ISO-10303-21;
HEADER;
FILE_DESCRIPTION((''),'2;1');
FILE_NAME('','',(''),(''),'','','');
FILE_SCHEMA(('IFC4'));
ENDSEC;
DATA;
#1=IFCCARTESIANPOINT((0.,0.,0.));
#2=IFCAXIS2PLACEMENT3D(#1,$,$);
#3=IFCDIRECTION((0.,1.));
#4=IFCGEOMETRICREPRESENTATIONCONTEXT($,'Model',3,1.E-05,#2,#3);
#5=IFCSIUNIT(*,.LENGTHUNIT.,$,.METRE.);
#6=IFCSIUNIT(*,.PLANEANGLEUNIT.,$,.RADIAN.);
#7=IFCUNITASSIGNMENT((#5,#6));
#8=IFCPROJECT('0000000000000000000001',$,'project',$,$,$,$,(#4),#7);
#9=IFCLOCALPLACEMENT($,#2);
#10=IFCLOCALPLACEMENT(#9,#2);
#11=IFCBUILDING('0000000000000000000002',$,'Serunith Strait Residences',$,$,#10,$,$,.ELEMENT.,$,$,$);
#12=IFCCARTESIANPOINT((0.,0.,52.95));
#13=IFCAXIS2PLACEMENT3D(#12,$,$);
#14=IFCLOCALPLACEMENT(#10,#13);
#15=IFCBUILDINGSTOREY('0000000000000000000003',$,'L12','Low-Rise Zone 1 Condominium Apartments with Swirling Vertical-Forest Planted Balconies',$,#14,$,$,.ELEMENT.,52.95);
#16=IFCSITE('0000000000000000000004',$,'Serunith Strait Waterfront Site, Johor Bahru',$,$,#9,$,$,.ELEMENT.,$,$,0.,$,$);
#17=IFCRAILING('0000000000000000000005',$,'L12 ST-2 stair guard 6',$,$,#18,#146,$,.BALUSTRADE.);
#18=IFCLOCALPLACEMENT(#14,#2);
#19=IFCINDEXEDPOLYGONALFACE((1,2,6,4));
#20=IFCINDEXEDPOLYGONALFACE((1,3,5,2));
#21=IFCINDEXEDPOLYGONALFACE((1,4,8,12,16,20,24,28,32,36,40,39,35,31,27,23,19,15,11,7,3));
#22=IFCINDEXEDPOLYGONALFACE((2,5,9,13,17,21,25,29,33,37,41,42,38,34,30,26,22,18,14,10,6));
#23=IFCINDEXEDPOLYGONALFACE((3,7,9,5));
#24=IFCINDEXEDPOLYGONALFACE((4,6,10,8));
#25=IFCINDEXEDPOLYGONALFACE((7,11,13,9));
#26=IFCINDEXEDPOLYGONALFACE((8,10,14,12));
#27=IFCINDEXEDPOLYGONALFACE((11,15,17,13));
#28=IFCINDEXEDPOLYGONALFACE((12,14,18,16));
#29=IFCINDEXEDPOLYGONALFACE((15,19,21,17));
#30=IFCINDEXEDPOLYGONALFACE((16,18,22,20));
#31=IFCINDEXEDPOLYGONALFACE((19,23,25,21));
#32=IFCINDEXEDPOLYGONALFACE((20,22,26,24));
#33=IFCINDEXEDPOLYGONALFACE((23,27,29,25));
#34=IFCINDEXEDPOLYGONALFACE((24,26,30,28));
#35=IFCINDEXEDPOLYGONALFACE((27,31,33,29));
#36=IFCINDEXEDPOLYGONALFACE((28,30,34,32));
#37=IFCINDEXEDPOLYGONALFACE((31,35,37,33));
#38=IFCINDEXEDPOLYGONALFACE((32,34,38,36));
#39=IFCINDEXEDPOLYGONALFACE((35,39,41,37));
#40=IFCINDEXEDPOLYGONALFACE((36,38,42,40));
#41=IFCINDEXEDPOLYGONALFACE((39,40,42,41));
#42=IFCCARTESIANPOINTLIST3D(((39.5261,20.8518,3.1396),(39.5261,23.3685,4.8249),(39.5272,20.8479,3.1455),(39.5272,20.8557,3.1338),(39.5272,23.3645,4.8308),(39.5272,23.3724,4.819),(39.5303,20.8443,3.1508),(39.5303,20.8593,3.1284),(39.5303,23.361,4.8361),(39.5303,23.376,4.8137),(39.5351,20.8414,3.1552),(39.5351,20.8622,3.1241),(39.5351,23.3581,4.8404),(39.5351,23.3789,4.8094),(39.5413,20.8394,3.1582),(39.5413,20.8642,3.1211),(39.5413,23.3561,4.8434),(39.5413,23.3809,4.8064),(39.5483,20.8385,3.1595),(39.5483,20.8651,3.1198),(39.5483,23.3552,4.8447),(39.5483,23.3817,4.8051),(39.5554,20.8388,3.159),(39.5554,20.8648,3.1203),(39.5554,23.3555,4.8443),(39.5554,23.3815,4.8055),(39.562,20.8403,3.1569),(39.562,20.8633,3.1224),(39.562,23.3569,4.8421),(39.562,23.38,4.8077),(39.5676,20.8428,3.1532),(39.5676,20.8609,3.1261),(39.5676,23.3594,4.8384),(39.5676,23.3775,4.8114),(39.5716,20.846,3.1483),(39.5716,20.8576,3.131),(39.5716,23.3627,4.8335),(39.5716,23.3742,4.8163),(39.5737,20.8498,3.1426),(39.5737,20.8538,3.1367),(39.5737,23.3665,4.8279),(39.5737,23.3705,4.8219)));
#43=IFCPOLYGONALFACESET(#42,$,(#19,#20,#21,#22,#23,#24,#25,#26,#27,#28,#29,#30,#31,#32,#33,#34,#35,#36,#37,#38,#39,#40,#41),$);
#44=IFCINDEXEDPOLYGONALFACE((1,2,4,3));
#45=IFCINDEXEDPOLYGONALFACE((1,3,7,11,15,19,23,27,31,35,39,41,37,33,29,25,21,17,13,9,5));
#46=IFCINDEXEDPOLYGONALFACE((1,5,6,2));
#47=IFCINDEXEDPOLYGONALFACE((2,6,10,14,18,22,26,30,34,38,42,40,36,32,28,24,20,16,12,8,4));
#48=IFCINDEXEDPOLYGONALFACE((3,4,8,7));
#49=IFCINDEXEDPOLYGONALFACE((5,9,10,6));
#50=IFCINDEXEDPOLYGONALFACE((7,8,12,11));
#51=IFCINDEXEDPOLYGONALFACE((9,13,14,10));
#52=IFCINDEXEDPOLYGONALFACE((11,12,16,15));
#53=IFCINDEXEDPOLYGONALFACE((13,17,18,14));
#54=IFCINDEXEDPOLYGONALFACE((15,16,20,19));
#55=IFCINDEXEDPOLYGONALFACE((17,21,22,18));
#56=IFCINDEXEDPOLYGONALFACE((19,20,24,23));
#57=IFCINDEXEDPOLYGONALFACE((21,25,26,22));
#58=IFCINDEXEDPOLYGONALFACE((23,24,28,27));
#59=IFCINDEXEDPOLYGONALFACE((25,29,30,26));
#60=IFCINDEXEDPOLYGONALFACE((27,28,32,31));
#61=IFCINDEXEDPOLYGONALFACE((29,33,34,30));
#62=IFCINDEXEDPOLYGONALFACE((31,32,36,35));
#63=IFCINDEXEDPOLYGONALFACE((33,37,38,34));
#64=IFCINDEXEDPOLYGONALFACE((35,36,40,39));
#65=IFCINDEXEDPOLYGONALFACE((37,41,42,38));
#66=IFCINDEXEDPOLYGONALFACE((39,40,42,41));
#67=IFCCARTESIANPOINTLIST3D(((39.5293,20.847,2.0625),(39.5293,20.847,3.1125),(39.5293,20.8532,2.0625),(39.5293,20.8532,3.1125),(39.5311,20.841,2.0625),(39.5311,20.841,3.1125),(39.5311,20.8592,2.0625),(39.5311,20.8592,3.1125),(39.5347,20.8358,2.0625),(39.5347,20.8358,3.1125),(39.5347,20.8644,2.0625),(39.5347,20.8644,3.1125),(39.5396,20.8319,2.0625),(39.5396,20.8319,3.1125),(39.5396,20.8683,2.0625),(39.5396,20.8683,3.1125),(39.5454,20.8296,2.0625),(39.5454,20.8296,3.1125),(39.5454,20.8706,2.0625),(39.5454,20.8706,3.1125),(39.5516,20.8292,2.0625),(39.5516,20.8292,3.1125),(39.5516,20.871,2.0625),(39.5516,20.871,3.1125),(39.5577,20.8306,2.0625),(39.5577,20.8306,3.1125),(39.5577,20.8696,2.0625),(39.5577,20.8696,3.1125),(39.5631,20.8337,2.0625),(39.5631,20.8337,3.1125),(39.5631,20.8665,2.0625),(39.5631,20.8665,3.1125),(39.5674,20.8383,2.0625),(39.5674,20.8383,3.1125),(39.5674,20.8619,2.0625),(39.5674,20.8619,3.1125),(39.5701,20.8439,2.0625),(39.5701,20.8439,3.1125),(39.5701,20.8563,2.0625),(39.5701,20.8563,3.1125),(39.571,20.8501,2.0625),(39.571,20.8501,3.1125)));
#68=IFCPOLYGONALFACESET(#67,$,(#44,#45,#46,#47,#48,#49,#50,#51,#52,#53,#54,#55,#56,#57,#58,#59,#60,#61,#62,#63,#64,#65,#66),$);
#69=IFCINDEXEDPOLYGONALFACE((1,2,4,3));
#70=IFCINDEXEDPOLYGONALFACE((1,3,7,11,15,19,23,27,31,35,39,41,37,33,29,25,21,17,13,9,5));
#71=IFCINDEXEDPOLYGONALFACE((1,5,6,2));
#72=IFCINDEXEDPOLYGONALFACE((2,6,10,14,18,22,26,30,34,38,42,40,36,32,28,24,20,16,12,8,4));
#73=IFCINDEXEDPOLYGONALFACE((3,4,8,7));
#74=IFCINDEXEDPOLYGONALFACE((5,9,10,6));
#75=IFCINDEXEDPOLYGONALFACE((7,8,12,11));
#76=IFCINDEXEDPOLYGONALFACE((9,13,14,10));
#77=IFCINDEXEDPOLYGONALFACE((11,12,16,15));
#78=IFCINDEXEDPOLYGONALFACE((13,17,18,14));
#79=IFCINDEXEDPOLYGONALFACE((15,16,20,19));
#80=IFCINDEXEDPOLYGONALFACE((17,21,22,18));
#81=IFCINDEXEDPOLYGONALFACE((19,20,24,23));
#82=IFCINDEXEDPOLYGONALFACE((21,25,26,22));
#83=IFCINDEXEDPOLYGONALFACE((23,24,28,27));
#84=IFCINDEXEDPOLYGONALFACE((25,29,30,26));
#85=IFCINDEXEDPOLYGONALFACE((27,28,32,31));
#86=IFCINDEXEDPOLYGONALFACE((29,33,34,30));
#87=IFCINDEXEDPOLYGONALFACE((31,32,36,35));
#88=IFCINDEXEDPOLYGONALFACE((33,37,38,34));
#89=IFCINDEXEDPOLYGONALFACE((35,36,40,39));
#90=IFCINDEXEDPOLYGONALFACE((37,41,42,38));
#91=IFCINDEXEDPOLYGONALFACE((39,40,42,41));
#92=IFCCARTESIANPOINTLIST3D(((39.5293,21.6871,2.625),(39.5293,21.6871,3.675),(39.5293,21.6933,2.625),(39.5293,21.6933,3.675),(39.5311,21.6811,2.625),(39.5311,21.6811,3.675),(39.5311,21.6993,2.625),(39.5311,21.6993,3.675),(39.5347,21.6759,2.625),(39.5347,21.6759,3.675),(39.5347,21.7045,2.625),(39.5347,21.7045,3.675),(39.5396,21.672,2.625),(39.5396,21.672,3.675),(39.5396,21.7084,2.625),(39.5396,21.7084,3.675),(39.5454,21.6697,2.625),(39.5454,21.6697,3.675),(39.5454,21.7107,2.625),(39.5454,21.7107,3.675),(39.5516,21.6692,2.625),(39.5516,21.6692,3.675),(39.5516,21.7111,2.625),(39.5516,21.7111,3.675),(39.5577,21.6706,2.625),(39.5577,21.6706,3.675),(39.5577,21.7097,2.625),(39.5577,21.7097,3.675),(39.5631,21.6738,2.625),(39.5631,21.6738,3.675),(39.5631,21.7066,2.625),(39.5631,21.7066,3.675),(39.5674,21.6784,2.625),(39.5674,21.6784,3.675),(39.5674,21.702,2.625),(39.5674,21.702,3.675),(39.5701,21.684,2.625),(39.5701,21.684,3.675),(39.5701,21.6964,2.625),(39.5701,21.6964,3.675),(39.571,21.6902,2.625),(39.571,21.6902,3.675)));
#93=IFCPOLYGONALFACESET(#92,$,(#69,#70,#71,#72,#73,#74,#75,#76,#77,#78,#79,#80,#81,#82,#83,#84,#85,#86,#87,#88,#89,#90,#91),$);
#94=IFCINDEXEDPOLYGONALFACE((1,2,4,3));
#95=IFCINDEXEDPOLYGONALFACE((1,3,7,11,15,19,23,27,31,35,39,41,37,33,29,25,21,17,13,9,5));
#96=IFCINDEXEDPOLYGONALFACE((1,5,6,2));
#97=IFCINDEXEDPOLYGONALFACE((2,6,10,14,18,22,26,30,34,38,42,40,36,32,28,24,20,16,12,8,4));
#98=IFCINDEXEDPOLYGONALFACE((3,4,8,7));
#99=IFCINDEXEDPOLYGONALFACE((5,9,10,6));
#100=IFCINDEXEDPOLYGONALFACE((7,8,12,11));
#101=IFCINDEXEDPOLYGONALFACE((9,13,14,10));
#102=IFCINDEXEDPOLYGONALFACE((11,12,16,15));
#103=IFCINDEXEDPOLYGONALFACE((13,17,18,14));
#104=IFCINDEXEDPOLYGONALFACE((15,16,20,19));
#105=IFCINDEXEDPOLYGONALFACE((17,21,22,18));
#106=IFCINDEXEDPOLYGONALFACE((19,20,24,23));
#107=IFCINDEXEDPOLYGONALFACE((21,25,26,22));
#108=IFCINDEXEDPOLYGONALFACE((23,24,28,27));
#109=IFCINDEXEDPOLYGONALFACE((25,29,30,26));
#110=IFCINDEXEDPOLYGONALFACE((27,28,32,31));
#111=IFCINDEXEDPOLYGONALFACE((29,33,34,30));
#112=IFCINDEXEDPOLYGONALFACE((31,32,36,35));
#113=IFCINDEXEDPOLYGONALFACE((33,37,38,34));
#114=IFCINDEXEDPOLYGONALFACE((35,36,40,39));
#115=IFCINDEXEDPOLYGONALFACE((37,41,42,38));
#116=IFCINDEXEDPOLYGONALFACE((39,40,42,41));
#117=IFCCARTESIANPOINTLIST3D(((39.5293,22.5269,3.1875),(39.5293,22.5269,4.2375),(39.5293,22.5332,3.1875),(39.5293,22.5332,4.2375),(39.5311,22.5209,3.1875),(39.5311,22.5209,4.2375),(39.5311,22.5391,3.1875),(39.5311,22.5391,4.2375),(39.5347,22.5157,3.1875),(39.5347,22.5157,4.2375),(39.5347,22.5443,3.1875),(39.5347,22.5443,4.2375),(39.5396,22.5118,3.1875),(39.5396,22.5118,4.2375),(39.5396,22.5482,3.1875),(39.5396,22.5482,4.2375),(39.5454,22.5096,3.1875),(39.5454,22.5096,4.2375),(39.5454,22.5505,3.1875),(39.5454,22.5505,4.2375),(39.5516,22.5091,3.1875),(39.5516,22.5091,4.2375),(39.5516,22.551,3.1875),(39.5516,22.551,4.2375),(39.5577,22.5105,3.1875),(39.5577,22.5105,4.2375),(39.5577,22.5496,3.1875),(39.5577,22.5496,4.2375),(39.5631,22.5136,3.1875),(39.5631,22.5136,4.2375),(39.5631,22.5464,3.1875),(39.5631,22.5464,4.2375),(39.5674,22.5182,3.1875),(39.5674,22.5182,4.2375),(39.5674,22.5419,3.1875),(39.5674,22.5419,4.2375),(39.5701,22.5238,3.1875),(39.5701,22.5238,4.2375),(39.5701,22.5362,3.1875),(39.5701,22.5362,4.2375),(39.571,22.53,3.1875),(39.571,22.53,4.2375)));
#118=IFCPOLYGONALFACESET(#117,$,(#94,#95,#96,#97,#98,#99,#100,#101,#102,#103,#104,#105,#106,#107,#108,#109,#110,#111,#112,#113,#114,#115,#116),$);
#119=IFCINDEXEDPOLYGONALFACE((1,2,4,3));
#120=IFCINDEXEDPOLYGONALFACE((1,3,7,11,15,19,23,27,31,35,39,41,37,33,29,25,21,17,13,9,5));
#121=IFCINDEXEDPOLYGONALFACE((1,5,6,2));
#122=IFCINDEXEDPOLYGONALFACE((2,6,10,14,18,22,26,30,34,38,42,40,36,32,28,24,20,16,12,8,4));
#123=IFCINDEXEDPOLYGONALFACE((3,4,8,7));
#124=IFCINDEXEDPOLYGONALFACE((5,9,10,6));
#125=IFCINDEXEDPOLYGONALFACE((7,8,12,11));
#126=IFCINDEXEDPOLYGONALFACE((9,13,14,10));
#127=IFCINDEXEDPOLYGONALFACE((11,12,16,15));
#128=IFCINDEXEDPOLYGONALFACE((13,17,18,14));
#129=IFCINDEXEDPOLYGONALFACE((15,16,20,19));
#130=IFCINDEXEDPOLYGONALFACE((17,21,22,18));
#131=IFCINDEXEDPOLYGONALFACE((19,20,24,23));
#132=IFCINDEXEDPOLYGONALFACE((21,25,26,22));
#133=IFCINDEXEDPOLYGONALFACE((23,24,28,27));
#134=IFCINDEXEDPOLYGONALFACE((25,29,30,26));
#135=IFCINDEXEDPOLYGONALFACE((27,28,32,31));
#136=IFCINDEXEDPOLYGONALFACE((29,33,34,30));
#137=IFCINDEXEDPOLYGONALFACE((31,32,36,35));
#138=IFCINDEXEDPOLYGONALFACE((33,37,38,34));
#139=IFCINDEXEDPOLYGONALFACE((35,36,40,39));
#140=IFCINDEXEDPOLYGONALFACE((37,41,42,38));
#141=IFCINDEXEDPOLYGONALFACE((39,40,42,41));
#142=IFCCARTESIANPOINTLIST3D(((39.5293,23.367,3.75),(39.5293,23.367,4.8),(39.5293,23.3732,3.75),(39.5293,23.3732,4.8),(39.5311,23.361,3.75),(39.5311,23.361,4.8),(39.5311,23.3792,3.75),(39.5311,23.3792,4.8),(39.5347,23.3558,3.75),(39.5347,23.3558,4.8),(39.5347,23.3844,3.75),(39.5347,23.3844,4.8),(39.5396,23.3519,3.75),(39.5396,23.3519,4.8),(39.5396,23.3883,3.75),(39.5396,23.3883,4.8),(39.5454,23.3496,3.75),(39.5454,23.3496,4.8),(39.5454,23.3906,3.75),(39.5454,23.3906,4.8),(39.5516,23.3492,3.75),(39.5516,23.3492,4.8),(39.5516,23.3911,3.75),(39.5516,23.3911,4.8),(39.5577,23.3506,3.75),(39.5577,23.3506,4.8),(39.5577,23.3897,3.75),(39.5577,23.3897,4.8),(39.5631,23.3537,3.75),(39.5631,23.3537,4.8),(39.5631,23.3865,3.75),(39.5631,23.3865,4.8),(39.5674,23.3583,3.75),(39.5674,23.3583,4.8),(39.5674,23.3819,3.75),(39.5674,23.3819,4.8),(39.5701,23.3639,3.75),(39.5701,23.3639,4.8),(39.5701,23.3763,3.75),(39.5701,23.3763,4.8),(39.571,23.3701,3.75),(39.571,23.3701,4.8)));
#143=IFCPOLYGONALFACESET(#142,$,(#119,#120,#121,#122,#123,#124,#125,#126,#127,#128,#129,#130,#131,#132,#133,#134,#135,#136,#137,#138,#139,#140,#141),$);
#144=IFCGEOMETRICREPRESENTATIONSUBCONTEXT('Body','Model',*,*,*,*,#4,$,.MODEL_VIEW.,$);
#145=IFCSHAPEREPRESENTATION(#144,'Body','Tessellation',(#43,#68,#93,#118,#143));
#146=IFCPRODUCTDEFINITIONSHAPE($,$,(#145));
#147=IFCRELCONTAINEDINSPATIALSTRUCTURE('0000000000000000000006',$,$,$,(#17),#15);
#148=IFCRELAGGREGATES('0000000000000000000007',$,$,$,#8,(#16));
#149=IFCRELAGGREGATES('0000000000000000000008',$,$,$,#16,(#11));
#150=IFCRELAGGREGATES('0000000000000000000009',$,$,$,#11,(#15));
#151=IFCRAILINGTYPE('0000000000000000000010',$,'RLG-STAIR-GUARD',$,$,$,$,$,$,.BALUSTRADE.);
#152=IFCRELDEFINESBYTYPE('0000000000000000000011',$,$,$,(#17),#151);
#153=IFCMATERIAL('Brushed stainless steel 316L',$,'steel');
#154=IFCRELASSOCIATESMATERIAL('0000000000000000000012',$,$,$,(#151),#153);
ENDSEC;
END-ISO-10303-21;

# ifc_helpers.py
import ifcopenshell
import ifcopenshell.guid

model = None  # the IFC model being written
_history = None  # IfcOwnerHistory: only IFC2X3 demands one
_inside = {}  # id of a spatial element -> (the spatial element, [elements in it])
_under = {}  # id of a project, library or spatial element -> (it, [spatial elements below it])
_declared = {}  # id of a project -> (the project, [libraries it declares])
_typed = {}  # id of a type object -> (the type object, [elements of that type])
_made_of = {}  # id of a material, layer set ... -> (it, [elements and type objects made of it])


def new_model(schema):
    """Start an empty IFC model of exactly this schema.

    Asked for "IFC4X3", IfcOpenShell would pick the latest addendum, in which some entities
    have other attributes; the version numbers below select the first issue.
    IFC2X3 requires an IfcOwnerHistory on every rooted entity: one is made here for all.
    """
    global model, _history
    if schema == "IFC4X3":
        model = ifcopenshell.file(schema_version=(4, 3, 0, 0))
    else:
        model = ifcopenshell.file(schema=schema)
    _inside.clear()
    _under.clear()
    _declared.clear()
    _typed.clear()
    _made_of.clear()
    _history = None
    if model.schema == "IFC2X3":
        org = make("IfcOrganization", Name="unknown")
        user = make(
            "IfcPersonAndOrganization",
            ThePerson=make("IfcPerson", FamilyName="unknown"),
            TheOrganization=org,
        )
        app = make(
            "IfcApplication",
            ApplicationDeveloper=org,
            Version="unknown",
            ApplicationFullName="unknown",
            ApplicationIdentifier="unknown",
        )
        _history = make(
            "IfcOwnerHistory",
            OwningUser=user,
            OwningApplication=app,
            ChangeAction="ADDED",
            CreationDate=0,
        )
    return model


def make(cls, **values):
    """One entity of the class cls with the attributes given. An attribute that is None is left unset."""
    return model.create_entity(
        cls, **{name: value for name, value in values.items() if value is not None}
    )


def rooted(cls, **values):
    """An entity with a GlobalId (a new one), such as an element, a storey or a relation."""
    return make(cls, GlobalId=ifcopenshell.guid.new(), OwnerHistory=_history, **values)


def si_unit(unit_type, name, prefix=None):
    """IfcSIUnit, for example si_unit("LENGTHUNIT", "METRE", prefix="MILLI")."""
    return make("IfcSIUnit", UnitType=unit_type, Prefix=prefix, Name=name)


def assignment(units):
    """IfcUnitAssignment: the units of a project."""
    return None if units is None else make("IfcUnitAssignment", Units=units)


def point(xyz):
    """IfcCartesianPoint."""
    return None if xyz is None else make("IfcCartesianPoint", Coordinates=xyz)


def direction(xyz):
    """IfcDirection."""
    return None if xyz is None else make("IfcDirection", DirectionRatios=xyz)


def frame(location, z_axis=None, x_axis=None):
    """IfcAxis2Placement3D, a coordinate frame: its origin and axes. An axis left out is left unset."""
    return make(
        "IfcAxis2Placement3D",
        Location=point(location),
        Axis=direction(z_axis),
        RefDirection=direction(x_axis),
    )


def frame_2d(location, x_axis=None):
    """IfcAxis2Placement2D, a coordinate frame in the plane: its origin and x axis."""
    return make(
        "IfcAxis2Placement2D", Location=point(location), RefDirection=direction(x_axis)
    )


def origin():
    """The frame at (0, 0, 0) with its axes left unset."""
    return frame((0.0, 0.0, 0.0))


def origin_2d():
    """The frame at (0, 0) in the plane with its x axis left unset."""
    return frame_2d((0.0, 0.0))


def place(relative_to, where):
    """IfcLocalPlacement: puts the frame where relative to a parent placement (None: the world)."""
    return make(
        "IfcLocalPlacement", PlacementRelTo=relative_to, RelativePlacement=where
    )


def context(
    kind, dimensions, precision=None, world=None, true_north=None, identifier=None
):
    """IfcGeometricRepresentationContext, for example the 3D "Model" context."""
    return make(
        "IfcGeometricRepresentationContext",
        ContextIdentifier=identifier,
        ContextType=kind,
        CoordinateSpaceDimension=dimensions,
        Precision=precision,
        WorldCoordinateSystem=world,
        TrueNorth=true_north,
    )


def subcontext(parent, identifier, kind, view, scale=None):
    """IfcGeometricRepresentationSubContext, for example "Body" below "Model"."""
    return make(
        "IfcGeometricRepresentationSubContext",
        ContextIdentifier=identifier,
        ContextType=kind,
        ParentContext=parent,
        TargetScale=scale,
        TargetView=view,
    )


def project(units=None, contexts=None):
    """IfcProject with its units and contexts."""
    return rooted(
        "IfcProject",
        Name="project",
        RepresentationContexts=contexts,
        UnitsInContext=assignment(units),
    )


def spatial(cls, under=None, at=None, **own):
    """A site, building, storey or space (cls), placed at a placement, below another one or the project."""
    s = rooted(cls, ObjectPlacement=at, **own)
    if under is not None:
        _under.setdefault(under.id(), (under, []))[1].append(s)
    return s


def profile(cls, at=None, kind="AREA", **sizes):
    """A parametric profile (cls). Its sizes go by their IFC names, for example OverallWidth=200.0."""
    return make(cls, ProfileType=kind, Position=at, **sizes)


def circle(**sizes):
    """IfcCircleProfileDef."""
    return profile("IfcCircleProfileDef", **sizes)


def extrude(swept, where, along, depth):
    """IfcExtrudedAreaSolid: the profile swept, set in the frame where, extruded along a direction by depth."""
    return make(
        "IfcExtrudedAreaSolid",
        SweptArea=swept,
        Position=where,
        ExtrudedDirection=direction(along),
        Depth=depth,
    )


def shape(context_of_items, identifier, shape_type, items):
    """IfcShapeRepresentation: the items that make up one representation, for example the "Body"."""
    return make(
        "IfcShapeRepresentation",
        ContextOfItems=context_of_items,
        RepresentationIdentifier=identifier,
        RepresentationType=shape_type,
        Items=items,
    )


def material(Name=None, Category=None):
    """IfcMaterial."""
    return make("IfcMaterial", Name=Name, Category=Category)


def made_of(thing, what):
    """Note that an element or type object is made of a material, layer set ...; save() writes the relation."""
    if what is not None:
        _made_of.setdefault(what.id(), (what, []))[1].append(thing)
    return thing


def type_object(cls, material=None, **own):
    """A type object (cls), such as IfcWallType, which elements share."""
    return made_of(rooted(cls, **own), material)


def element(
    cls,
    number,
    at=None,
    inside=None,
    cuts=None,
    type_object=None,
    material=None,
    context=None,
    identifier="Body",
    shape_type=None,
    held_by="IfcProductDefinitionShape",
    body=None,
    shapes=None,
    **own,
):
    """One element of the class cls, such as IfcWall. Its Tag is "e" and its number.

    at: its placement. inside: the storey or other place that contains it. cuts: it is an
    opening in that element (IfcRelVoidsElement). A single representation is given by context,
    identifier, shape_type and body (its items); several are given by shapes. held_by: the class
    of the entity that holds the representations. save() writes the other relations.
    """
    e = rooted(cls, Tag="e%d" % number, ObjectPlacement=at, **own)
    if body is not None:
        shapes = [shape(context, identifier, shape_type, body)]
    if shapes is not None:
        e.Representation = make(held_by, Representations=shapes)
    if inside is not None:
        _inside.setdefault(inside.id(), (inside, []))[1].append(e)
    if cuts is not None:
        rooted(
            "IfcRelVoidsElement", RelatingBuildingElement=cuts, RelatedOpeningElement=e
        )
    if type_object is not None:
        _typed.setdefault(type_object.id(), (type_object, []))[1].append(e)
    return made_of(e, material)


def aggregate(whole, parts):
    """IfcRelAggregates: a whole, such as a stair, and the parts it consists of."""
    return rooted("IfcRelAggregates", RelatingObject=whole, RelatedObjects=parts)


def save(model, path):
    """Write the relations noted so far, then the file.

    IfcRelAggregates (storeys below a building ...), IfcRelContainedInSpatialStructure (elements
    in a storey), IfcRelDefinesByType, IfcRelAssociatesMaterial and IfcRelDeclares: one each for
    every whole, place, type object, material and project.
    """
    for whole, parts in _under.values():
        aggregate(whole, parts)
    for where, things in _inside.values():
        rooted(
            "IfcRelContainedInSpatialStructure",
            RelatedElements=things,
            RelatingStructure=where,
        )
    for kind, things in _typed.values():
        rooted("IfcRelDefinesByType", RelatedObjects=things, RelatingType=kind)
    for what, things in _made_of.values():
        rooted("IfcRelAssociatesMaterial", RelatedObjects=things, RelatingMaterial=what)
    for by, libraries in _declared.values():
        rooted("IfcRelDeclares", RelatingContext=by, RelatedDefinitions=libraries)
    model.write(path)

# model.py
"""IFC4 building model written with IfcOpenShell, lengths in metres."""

from ifc_helpers import new_model, si_unit, direction, frame, origin, origin_2d, place, context, subcontext, project, spatial, circle, extrude, material, type_object, element, save


model = new_model("IFC4")

# Units and contexts
model_context = context("Model", 3, precision=1e-05, world=origin(), true_north=direction((0.0, 1.0)))
body_context = subcontext(model_context, "Body", "Model", "MODEL_VIEW")
ifc_project = project(units=[si_unit("LENGTHUNIT", "METRE"), si_unit("PLANEANGLEUNIT", "RADIAN")], contexts=[model_context])

# Site, building, storey
site_placement = place(None, origin())
site = spatial("IfcSite", under=ifc_project, at=site_placement, Name="Serunith Strait Waterfront Site, Johor Bahru", CompositionType="ELEMENT", RefElevation=0.0)
building_placement = place(site_placement, origin())
building = spatial("IfcBuilding", under=site, at=building_placement, Name="Serunith Strait Residences", CompositionType="ELEMENT")
storey_placement = place(building_placement, frame((0.0, 0.0, 52.95)))
storey = spatial("IfcBuildingStorey", under=building, at=storey_placement, Name="L12", Description="Low-Rise Zone 1 Condominium Apartments with Swirling Vertical-Forest Planted Balconies", CompositionType="ELEMENT", Elevation=52.95)

# Railing
ifc_material_1 = material(Name="Brushed stainless steel 316L", Category="steel")
railing_type_1 = type_object("IfcRailingType", Name="RLG-STAIR-GUARD", PredefinedType="BALUSTRADE", material=ifc_material_1)
railing_1_placement = place(storey_placement, frame((39.55, 20.8501, 2.0625)))
element("IfcRailing", 1, at=railing_1_placement, inside=storey, type_object=railing_type_1, Name="L12 ST-2 stair guard 6", PredefinedType="BALUSTRADE", context=body_context, shape_type="SweptSolid", body=[
    extrude(circle(Radius=0.0239, at=origin_2d()), frame((0.0, 0.0017, 1.0771), z_axis=(0.0, 0.830909, 0.556408), x_axis=(-1.0, 0.0, 0.0)), (0.0, 0.0, 1.0), 3.0288),
    extrude(circle(Radius=0.021, at=origin_2d()), origin(), (0.0, 0.0, 1.0), 1.05),
    extrude(circle(Radius=0.021, at=origin_2d()), frame((0.0, 0.8401, 0.5625)), (0.0, 0.0, 1.0), 1.05),
    extrude(circle(Radius=0.021, at=origin_2d()), frame((0.0, 1.6799, 1.125)), (0.0, 0.0, 1.0), 1.05),
    extrude(circle(Radius=0.021, at=origin_2d()), frame((0.0, 2.52, 1.6875)), (0.0, 0.0, 1.0), 1.05),
])

save(model, "model.ifc")
